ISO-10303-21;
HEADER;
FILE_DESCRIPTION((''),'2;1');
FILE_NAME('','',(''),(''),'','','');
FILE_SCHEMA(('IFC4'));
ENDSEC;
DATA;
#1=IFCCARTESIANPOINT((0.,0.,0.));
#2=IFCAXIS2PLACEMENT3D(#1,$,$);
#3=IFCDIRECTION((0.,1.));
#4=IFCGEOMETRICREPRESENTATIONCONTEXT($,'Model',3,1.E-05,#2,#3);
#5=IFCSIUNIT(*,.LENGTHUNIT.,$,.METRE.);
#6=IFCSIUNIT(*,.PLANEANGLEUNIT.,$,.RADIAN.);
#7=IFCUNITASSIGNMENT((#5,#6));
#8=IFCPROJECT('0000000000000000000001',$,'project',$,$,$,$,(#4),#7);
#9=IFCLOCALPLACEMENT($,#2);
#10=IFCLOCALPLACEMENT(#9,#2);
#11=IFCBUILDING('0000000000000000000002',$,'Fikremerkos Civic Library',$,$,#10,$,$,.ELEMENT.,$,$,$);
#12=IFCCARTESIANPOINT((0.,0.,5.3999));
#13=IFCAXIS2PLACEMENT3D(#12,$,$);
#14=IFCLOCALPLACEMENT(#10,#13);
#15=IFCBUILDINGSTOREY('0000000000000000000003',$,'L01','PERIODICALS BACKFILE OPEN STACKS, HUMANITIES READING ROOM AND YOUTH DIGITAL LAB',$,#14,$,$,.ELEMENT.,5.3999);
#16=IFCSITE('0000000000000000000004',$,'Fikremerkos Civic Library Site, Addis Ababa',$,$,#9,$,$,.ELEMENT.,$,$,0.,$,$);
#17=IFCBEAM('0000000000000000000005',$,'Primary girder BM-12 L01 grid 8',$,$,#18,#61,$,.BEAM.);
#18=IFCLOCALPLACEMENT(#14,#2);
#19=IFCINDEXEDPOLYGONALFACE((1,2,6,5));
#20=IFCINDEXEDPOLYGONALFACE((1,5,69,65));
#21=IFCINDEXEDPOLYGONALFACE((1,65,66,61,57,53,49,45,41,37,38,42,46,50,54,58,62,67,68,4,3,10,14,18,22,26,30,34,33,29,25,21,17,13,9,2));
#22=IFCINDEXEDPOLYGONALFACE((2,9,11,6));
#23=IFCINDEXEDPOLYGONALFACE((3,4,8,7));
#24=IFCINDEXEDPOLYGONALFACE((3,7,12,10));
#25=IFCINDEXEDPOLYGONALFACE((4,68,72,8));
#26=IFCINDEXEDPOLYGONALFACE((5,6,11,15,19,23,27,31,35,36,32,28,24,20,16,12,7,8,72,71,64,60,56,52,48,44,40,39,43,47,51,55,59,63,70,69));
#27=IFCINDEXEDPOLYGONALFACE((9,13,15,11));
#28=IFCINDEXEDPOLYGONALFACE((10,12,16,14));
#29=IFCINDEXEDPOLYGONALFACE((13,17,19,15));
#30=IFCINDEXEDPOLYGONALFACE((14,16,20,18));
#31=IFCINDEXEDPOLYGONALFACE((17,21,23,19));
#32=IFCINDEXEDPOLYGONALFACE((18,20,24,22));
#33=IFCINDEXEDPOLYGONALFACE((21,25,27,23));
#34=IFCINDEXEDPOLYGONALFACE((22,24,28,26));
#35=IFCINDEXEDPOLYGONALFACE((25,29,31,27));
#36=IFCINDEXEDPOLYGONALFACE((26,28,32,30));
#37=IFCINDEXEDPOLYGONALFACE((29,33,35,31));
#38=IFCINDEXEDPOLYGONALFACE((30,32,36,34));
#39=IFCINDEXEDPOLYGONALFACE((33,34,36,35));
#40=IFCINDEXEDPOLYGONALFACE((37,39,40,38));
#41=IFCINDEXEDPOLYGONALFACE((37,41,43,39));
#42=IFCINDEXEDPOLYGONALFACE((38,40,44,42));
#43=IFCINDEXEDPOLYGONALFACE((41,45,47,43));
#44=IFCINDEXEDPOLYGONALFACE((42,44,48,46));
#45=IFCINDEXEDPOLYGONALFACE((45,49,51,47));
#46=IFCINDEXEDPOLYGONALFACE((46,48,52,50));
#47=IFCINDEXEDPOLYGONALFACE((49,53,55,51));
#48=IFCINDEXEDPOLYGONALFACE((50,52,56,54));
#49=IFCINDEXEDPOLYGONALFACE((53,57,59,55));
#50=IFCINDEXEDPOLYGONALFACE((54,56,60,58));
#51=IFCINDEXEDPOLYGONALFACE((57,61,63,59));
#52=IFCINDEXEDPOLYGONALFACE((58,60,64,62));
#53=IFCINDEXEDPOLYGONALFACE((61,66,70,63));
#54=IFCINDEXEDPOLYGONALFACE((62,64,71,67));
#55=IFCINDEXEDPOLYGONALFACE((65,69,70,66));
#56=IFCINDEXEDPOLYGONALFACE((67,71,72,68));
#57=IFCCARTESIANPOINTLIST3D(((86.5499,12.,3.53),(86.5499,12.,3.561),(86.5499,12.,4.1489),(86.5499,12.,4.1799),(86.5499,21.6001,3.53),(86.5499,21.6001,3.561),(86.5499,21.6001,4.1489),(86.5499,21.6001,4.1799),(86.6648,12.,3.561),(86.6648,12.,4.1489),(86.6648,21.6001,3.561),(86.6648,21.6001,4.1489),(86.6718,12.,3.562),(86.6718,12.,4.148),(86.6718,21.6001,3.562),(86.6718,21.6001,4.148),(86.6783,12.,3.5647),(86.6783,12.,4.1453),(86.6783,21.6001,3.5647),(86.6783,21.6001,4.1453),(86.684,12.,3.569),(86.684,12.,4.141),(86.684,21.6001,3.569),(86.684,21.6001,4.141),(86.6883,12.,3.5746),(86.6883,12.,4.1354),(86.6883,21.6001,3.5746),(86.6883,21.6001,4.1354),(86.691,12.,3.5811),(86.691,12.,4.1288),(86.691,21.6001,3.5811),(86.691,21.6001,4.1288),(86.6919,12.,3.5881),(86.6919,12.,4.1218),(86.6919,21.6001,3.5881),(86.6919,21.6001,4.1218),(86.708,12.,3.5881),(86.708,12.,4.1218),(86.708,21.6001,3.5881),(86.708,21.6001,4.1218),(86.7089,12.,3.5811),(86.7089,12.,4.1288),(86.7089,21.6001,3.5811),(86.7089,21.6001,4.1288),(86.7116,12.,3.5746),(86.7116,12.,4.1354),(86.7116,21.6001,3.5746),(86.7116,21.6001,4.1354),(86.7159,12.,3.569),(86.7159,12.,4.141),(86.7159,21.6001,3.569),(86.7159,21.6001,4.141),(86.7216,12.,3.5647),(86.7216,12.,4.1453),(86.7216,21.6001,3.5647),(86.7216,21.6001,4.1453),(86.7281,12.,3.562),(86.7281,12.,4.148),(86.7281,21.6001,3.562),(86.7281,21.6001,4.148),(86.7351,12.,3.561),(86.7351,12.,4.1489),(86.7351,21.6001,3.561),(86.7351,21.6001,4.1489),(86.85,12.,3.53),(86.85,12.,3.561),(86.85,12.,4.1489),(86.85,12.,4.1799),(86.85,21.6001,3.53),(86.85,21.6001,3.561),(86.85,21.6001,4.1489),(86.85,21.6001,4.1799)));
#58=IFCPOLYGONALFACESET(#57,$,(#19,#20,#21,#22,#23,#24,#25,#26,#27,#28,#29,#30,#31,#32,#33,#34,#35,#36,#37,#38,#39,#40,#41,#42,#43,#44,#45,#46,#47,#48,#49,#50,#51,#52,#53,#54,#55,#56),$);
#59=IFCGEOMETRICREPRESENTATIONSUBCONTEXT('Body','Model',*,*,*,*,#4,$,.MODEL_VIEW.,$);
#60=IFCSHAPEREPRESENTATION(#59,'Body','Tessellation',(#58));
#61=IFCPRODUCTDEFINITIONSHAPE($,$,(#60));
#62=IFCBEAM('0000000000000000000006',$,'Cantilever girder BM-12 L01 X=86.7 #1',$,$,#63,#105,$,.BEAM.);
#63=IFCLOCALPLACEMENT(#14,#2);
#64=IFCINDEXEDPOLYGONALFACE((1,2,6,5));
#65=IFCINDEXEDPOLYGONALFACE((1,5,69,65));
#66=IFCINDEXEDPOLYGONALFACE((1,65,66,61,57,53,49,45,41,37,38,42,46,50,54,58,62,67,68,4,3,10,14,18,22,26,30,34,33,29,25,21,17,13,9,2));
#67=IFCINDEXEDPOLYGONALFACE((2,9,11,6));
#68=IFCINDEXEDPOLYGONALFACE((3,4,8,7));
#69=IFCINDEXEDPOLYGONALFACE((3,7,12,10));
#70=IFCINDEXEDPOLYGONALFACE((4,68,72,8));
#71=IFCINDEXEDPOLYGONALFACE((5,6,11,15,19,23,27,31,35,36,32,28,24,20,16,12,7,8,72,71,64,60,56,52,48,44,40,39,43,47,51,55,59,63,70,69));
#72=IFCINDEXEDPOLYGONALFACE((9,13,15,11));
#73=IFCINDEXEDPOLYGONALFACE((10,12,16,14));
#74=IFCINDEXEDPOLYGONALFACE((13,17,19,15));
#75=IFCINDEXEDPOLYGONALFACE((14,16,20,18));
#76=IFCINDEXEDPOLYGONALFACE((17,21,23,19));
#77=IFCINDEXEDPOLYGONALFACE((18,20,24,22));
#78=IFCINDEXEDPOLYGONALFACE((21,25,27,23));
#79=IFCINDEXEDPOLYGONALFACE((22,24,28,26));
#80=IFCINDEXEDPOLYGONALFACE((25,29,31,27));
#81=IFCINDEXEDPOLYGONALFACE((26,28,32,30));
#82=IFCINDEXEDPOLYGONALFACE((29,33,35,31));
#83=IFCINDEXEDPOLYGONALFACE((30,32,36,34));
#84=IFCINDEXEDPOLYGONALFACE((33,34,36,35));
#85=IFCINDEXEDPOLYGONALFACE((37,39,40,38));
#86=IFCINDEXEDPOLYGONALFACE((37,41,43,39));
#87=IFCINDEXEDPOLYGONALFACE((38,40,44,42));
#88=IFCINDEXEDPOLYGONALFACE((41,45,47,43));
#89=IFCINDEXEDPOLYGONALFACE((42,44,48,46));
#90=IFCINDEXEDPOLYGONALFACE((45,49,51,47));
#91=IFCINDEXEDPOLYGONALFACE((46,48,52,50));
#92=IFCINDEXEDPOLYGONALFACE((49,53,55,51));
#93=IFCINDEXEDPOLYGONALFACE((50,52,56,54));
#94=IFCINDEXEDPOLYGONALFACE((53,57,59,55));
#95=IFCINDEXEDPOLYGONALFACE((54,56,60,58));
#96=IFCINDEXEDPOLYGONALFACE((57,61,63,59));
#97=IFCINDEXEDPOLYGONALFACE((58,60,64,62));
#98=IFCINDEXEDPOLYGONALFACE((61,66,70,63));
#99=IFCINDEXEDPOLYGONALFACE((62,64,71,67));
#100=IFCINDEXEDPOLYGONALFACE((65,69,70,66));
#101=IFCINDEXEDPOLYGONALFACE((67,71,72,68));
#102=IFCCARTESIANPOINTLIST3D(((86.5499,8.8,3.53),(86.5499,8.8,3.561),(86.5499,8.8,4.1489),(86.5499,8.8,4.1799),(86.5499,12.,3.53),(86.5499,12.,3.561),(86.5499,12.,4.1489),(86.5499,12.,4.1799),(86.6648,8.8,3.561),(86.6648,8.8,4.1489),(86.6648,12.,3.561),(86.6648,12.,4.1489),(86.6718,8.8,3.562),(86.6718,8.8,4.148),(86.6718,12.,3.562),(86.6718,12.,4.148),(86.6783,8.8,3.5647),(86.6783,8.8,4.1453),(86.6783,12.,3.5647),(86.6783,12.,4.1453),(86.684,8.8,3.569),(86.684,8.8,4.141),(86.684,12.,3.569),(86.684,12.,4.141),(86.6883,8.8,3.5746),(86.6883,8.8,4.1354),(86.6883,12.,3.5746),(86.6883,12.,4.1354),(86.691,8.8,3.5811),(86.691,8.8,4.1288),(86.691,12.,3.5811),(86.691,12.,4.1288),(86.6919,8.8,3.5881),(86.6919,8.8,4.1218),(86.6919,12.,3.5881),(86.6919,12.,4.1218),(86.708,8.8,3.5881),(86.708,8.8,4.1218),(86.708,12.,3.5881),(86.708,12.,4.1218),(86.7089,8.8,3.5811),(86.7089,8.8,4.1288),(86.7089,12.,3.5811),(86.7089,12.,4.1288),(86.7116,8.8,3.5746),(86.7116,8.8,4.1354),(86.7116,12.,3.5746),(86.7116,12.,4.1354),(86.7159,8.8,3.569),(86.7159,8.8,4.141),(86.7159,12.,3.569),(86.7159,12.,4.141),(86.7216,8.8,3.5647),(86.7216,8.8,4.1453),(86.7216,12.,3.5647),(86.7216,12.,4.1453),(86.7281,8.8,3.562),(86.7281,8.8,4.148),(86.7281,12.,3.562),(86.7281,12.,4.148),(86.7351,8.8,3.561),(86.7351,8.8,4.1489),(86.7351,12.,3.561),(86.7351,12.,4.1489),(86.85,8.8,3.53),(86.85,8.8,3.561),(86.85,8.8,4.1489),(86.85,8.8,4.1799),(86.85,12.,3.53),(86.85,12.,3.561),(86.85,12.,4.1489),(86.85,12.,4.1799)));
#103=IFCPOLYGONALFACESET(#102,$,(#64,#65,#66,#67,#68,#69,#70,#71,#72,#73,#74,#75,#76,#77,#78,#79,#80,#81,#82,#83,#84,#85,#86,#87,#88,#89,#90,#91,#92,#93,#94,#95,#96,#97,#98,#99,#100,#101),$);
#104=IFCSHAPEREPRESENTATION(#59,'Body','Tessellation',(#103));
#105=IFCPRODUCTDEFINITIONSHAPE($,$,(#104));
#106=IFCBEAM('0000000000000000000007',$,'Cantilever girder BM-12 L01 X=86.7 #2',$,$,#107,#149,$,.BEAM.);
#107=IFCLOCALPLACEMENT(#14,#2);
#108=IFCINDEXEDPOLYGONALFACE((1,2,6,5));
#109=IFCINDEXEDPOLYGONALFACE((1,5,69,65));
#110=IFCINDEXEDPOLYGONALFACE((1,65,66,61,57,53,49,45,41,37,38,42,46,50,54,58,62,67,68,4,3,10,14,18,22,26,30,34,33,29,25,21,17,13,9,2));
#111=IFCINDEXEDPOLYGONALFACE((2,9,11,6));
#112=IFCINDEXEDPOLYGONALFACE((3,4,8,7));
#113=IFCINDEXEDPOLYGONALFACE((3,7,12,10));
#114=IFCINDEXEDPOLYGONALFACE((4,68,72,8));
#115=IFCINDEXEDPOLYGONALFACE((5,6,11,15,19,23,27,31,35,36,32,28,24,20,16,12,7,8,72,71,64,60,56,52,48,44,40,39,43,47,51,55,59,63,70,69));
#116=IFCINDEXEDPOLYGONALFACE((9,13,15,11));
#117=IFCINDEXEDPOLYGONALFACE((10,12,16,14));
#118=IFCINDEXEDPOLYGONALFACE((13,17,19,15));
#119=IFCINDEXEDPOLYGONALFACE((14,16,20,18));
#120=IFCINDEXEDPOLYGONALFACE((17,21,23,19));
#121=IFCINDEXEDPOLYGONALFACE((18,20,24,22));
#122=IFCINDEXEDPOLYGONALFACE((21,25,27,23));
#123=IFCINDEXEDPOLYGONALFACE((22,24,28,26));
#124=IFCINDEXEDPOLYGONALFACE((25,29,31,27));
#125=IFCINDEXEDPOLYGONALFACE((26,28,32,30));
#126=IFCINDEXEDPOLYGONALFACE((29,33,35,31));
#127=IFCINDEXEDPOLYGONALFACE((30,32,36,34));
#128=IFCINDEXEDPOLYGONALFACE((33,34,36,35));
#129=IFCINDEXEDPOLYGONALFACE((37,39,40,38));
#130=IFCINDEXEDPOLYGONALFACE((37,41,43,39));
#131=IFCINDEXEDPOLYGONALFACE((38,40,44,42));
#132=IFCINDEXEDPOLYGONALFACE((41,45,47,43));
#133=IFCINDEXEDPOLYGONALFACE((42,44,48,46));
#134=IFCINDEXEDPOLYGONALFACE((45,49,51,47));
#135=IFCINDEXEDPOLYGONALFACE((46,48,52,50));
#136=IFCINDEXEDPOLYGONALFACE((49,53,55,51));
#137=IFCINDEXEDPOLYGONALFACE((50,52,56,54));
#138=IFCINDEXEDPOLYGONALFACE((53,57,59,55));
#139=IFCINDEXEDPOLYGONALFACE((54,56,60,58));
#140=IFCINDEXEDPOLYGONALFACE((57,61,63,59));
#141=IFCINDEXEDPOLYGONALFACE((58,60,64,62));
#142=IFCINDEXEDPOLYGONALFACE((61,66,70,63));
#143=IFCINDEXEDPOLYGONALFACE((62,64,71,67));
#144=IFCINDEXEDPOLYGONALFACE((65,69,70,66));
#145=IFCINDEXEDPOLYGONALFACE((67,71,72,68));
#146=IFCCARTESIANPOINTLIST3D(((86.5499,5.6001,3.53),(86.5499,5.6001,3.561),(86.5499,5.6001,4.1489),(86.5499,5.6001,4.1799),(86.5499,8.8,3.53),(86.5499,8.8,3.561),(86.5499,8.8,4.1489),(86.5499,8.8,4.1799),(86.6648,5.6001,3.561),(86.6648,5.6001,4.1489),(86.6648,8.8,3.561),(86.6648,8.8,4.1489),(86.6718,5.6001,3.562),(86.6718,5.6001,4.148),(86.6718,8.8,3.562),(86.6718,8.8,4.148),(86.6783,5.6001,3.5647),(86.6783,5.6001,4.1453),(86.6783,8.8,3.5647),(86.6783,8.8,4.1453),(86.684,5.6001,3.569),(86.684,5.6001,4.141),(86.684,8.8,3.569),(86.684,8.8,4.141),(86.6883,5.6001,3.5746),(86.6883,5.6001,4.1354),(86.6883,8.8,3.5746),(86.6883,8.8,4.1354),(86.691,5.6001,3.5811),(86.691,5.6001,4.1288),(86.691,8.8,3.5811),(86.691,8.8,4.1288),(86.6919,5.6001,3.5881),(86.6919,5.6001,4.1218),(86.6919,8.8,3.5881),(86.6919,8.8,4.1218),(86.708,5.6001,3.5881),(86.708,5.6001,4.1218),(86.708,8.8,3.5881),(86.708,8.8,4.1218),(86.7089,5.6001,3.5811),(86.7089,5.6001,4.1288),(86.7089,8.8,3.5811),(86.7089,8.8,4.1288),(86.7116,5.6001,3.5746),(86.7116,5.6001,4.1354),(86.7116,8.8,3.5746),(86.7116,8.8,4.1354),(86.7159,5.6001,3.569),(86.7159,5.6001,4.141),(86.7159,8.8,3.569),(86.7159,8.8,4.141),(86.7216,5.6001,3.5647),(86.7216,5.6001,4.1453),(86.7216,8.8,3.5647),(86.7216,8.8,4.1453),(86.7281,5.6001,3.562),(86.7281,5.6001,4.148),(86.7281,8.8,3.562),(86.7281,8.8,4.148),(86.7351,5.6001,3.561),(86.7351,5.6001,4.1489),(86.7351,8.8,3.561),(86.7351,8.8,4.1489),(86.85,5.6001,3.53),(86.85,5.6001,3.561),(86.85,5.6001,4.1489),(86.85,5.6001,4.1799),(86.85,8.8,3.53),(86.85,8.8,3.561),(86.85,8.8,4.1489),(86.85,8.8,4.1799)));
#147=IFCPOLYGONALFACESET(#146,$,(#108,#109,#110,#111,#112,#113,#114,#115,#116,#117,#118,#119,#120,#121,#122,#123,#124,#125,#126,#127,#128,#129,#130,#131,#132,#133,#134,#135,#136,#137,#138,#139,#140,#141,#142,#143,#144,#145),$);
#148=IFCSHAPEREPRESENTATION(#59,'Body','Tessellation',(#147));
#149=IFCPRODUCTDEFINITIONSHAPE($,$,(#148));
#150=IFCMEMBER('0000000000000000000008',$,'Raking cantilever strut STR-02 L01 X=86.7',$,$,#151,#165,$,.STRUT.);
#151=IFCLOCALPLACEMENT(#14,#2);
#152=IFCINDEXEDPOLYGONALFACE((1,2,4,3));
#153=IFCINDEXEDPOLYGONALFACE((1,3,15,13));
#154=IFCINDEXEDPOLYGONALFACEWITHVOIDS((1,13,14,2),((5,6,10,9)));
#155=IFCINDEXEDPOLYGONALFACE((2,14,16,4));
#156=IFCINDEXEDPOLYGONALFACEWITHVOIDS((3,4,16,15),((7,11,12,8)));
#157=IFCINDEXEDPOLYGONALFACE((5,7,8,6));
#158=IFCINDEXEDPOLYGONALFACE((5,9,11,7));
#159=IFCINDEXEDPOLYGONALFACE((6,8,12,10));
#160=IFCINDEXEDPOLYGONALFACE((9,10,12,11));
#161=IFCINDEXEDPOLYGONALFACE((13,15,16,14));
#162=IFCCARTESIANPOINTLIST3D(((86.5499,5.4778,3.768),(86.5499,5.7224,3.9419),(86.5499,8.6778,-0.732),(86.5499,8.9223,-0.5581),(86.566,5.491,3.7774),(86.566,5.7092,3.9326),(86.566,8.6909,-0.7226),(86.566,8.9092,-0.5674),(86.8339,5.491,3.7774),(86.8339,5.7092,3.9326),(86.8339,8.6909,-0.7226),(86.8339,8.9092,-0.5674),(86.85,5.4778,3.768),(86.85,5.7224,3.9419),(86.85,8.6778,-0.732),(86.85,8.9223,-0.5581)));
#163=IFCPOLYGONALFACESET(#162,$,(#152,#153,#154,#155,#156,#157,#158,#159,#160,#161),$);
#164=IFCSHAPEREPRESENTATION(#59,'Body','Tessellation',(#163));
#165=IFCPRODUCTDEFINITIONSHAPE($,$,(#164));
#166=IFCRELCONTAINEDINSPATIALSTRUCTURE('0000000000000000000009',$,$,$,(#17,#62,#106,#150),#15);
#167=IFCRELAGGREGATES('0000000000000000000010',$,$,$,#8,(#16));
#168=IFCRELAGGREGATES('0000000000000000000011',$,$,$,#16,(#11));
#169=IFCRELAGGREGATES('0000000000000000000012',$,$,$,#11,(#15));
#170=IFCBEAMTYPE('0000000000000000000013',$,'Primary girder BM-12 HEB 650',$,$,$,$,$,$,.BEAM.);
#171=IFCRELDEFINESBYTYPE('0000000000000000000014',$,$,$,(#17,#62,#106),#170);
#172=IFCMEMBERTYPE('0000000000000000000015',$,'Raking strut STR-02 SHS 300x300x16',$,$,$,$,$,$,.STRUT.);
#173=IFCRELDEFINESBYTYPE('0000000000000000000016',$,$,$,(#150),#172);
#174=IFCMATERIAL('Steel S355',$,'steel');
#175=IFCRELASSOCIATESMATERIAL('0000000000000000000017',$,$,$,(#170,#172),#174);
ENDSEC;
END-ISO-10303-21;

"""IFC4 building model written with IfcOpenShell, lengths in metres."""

from ifc_helpers import new_model, si_unit, direction, frame, origin, origin_2d, place, context, subcontext, project, spatial, hollow_rectangle, i_section, extrude, material, material_profile, profile_set, type_object, element, save


model = new_model("IFC4")

# Units and contexts
model_context = context("Model", 3, precision=1e-05, world=origin(), true_north=direction((0.0, 1.0)))
body_context = subcontext(model_context, "Body", "Model", "MODEL_VIEW")
ifc_project = project(units=[si_unit("LENGTHUNIT", "METRE"), si_unit("PLANEANGLEUNIT", "RADIAN")], contexts=[model_context])

# Site, building, storey
site_placement = place(None, origin())
site = spatial("IfcSite", under=ifc_project, at=site_placement, Name="Fikremerkos Civic Library Site, Addis Ababa", CompositionType="ELEMENT", RefElevation=0.0)
building_placement = place(site_placement, origin())
building = spatial("IfcBuilding", under=site, at=building_placement, Name="Fikremerkos Civic Library", CompositionType="ELEMENT")
storey_placement = place(building_placement, frame((0.0, 0.0, 5.3999)))
storey = spatial("IfcBuildingStorey", under=building, at=storey_placement, Name="L01", Description="PERIODICALS BACKFILE OPEN STACKS, HUMANITIES READING ROOM AND YOUTH DIGITAL LAB", CompositionType="ELEMENT", Elevation=5.3999)

# Shared definitions
ifc_material_1 = material(Name="Steel S355", Category="steel")

# Beams
ifc_material_profile_1 = material_profile(ifc_material_1, i_section(OverallWidth=0.3, OverallDepth=0.6499, WebThickness=0.0161, FlangeThickness=0.031, FilletRadius=0.0271, at=origin_2d()), Name="HEB 650")
ifc_profile_set_1 = profile_set([ifc_material_profile_1], Name="Steel S355")
beam_type_1 = type_object("IfcBeamType", Name="Primary girder BM-12 HEB 650", PredefinedType="BEAM", material=ifc_profile_set_1)
beam_1_placement = place(storey_placement, frame((86.7, 12.0, 3.855), z_axis=(0.0, 1.0, 0.0), x_axis=(-1.0, 0.0, 0.0)))
element("IfcBeam", 1, at=beam_1_placement, inside=storey, type_object=beam_type_1, Name="Primary girder BM-12 L01 grid 8", PredefinedType="BEAM", context=body_context, shape_type="SweptSolid", body=[
    extrude(i_section(OverallWidth=0.3, OverallDepth=0.6499, WebThickness=0.0161, FlangeThickness=0.031, FilletRadius=0.0271, at=origin_2d()), origin(), (0.0, 0.0, 1.0), 9.6001),
])
for number, where, z_axis, x_axis, name in (
    (2, (86.7, 12.0, 3.855), (0.0, -1.0, 0.0), (1.0, 0.0, 0.0), "Cantilever girder BM-12 L01 X=86.7 #1"),
    (3, (86.7, 8.8, 3.855), (0.0, -1.0, 0.0), (1.0, 0.0, 0.0), "Cantilever girder BM-12 L01 X=86.7 #2"),
):
    element("IfcBeam", number, at=place(storey_placement, frame(where, z_axis=z_axis, x_axis=x_axis)), inside=storey, type_object=beam_type_1, Name=name, PredefinedType="BEAM", context=body_context, shape_type="SweptSolid", body=[
        extrude(i_section(OverallWidth=0.3, OverallDepth=0.6499, WebThickness=0.0161, FlangeThickness=0.031, FilletRadius=0.0271, at=origin_2d()), origin(), (0.0, 0.0, 1.0), 3.2),
    ])

# Member
ifc_material_profile_2 = material_profile(ifc_material_1, hollow_rectangle(XDim=0.3, YDim=0.3, WallThickness=0.0161, at=origin_2d()), Name="SHS 300x300x16")
ifc_profile_set_2 = profile_set([ifc_material_profile_2], Name="Steel S355")
member_type_1 = type_object("IfcMemberType", Name="Raking strut STR-02 SHS 300x300x16", PredefinedType="STRUT", material=ifc_profile_set_2)
member_1_placement = place(storey_placement, frame((86.7, 8.8, -0.645), z_axis=(0.0, -0.579518, 0.81496), x_axis=(1.0, 0.0, 0.0)))
element("IfcMember", 4, at=member_1_placement, inside=storey, type_object=member_type_1, Name="Raking cantilever strut STR-02 L01 X=86.7", PredefinedType="STRUT", context=body_context, shape_type="SweptSolid", body=[
    extrude(hollow_rectangle(XDim=0.3, YDim=0.3, WallThickness=0.0161, at=origin_2d()), origin(), (0.0, 0.0, 1.0), 5.5217),
])

save(model, "model.ifc")
